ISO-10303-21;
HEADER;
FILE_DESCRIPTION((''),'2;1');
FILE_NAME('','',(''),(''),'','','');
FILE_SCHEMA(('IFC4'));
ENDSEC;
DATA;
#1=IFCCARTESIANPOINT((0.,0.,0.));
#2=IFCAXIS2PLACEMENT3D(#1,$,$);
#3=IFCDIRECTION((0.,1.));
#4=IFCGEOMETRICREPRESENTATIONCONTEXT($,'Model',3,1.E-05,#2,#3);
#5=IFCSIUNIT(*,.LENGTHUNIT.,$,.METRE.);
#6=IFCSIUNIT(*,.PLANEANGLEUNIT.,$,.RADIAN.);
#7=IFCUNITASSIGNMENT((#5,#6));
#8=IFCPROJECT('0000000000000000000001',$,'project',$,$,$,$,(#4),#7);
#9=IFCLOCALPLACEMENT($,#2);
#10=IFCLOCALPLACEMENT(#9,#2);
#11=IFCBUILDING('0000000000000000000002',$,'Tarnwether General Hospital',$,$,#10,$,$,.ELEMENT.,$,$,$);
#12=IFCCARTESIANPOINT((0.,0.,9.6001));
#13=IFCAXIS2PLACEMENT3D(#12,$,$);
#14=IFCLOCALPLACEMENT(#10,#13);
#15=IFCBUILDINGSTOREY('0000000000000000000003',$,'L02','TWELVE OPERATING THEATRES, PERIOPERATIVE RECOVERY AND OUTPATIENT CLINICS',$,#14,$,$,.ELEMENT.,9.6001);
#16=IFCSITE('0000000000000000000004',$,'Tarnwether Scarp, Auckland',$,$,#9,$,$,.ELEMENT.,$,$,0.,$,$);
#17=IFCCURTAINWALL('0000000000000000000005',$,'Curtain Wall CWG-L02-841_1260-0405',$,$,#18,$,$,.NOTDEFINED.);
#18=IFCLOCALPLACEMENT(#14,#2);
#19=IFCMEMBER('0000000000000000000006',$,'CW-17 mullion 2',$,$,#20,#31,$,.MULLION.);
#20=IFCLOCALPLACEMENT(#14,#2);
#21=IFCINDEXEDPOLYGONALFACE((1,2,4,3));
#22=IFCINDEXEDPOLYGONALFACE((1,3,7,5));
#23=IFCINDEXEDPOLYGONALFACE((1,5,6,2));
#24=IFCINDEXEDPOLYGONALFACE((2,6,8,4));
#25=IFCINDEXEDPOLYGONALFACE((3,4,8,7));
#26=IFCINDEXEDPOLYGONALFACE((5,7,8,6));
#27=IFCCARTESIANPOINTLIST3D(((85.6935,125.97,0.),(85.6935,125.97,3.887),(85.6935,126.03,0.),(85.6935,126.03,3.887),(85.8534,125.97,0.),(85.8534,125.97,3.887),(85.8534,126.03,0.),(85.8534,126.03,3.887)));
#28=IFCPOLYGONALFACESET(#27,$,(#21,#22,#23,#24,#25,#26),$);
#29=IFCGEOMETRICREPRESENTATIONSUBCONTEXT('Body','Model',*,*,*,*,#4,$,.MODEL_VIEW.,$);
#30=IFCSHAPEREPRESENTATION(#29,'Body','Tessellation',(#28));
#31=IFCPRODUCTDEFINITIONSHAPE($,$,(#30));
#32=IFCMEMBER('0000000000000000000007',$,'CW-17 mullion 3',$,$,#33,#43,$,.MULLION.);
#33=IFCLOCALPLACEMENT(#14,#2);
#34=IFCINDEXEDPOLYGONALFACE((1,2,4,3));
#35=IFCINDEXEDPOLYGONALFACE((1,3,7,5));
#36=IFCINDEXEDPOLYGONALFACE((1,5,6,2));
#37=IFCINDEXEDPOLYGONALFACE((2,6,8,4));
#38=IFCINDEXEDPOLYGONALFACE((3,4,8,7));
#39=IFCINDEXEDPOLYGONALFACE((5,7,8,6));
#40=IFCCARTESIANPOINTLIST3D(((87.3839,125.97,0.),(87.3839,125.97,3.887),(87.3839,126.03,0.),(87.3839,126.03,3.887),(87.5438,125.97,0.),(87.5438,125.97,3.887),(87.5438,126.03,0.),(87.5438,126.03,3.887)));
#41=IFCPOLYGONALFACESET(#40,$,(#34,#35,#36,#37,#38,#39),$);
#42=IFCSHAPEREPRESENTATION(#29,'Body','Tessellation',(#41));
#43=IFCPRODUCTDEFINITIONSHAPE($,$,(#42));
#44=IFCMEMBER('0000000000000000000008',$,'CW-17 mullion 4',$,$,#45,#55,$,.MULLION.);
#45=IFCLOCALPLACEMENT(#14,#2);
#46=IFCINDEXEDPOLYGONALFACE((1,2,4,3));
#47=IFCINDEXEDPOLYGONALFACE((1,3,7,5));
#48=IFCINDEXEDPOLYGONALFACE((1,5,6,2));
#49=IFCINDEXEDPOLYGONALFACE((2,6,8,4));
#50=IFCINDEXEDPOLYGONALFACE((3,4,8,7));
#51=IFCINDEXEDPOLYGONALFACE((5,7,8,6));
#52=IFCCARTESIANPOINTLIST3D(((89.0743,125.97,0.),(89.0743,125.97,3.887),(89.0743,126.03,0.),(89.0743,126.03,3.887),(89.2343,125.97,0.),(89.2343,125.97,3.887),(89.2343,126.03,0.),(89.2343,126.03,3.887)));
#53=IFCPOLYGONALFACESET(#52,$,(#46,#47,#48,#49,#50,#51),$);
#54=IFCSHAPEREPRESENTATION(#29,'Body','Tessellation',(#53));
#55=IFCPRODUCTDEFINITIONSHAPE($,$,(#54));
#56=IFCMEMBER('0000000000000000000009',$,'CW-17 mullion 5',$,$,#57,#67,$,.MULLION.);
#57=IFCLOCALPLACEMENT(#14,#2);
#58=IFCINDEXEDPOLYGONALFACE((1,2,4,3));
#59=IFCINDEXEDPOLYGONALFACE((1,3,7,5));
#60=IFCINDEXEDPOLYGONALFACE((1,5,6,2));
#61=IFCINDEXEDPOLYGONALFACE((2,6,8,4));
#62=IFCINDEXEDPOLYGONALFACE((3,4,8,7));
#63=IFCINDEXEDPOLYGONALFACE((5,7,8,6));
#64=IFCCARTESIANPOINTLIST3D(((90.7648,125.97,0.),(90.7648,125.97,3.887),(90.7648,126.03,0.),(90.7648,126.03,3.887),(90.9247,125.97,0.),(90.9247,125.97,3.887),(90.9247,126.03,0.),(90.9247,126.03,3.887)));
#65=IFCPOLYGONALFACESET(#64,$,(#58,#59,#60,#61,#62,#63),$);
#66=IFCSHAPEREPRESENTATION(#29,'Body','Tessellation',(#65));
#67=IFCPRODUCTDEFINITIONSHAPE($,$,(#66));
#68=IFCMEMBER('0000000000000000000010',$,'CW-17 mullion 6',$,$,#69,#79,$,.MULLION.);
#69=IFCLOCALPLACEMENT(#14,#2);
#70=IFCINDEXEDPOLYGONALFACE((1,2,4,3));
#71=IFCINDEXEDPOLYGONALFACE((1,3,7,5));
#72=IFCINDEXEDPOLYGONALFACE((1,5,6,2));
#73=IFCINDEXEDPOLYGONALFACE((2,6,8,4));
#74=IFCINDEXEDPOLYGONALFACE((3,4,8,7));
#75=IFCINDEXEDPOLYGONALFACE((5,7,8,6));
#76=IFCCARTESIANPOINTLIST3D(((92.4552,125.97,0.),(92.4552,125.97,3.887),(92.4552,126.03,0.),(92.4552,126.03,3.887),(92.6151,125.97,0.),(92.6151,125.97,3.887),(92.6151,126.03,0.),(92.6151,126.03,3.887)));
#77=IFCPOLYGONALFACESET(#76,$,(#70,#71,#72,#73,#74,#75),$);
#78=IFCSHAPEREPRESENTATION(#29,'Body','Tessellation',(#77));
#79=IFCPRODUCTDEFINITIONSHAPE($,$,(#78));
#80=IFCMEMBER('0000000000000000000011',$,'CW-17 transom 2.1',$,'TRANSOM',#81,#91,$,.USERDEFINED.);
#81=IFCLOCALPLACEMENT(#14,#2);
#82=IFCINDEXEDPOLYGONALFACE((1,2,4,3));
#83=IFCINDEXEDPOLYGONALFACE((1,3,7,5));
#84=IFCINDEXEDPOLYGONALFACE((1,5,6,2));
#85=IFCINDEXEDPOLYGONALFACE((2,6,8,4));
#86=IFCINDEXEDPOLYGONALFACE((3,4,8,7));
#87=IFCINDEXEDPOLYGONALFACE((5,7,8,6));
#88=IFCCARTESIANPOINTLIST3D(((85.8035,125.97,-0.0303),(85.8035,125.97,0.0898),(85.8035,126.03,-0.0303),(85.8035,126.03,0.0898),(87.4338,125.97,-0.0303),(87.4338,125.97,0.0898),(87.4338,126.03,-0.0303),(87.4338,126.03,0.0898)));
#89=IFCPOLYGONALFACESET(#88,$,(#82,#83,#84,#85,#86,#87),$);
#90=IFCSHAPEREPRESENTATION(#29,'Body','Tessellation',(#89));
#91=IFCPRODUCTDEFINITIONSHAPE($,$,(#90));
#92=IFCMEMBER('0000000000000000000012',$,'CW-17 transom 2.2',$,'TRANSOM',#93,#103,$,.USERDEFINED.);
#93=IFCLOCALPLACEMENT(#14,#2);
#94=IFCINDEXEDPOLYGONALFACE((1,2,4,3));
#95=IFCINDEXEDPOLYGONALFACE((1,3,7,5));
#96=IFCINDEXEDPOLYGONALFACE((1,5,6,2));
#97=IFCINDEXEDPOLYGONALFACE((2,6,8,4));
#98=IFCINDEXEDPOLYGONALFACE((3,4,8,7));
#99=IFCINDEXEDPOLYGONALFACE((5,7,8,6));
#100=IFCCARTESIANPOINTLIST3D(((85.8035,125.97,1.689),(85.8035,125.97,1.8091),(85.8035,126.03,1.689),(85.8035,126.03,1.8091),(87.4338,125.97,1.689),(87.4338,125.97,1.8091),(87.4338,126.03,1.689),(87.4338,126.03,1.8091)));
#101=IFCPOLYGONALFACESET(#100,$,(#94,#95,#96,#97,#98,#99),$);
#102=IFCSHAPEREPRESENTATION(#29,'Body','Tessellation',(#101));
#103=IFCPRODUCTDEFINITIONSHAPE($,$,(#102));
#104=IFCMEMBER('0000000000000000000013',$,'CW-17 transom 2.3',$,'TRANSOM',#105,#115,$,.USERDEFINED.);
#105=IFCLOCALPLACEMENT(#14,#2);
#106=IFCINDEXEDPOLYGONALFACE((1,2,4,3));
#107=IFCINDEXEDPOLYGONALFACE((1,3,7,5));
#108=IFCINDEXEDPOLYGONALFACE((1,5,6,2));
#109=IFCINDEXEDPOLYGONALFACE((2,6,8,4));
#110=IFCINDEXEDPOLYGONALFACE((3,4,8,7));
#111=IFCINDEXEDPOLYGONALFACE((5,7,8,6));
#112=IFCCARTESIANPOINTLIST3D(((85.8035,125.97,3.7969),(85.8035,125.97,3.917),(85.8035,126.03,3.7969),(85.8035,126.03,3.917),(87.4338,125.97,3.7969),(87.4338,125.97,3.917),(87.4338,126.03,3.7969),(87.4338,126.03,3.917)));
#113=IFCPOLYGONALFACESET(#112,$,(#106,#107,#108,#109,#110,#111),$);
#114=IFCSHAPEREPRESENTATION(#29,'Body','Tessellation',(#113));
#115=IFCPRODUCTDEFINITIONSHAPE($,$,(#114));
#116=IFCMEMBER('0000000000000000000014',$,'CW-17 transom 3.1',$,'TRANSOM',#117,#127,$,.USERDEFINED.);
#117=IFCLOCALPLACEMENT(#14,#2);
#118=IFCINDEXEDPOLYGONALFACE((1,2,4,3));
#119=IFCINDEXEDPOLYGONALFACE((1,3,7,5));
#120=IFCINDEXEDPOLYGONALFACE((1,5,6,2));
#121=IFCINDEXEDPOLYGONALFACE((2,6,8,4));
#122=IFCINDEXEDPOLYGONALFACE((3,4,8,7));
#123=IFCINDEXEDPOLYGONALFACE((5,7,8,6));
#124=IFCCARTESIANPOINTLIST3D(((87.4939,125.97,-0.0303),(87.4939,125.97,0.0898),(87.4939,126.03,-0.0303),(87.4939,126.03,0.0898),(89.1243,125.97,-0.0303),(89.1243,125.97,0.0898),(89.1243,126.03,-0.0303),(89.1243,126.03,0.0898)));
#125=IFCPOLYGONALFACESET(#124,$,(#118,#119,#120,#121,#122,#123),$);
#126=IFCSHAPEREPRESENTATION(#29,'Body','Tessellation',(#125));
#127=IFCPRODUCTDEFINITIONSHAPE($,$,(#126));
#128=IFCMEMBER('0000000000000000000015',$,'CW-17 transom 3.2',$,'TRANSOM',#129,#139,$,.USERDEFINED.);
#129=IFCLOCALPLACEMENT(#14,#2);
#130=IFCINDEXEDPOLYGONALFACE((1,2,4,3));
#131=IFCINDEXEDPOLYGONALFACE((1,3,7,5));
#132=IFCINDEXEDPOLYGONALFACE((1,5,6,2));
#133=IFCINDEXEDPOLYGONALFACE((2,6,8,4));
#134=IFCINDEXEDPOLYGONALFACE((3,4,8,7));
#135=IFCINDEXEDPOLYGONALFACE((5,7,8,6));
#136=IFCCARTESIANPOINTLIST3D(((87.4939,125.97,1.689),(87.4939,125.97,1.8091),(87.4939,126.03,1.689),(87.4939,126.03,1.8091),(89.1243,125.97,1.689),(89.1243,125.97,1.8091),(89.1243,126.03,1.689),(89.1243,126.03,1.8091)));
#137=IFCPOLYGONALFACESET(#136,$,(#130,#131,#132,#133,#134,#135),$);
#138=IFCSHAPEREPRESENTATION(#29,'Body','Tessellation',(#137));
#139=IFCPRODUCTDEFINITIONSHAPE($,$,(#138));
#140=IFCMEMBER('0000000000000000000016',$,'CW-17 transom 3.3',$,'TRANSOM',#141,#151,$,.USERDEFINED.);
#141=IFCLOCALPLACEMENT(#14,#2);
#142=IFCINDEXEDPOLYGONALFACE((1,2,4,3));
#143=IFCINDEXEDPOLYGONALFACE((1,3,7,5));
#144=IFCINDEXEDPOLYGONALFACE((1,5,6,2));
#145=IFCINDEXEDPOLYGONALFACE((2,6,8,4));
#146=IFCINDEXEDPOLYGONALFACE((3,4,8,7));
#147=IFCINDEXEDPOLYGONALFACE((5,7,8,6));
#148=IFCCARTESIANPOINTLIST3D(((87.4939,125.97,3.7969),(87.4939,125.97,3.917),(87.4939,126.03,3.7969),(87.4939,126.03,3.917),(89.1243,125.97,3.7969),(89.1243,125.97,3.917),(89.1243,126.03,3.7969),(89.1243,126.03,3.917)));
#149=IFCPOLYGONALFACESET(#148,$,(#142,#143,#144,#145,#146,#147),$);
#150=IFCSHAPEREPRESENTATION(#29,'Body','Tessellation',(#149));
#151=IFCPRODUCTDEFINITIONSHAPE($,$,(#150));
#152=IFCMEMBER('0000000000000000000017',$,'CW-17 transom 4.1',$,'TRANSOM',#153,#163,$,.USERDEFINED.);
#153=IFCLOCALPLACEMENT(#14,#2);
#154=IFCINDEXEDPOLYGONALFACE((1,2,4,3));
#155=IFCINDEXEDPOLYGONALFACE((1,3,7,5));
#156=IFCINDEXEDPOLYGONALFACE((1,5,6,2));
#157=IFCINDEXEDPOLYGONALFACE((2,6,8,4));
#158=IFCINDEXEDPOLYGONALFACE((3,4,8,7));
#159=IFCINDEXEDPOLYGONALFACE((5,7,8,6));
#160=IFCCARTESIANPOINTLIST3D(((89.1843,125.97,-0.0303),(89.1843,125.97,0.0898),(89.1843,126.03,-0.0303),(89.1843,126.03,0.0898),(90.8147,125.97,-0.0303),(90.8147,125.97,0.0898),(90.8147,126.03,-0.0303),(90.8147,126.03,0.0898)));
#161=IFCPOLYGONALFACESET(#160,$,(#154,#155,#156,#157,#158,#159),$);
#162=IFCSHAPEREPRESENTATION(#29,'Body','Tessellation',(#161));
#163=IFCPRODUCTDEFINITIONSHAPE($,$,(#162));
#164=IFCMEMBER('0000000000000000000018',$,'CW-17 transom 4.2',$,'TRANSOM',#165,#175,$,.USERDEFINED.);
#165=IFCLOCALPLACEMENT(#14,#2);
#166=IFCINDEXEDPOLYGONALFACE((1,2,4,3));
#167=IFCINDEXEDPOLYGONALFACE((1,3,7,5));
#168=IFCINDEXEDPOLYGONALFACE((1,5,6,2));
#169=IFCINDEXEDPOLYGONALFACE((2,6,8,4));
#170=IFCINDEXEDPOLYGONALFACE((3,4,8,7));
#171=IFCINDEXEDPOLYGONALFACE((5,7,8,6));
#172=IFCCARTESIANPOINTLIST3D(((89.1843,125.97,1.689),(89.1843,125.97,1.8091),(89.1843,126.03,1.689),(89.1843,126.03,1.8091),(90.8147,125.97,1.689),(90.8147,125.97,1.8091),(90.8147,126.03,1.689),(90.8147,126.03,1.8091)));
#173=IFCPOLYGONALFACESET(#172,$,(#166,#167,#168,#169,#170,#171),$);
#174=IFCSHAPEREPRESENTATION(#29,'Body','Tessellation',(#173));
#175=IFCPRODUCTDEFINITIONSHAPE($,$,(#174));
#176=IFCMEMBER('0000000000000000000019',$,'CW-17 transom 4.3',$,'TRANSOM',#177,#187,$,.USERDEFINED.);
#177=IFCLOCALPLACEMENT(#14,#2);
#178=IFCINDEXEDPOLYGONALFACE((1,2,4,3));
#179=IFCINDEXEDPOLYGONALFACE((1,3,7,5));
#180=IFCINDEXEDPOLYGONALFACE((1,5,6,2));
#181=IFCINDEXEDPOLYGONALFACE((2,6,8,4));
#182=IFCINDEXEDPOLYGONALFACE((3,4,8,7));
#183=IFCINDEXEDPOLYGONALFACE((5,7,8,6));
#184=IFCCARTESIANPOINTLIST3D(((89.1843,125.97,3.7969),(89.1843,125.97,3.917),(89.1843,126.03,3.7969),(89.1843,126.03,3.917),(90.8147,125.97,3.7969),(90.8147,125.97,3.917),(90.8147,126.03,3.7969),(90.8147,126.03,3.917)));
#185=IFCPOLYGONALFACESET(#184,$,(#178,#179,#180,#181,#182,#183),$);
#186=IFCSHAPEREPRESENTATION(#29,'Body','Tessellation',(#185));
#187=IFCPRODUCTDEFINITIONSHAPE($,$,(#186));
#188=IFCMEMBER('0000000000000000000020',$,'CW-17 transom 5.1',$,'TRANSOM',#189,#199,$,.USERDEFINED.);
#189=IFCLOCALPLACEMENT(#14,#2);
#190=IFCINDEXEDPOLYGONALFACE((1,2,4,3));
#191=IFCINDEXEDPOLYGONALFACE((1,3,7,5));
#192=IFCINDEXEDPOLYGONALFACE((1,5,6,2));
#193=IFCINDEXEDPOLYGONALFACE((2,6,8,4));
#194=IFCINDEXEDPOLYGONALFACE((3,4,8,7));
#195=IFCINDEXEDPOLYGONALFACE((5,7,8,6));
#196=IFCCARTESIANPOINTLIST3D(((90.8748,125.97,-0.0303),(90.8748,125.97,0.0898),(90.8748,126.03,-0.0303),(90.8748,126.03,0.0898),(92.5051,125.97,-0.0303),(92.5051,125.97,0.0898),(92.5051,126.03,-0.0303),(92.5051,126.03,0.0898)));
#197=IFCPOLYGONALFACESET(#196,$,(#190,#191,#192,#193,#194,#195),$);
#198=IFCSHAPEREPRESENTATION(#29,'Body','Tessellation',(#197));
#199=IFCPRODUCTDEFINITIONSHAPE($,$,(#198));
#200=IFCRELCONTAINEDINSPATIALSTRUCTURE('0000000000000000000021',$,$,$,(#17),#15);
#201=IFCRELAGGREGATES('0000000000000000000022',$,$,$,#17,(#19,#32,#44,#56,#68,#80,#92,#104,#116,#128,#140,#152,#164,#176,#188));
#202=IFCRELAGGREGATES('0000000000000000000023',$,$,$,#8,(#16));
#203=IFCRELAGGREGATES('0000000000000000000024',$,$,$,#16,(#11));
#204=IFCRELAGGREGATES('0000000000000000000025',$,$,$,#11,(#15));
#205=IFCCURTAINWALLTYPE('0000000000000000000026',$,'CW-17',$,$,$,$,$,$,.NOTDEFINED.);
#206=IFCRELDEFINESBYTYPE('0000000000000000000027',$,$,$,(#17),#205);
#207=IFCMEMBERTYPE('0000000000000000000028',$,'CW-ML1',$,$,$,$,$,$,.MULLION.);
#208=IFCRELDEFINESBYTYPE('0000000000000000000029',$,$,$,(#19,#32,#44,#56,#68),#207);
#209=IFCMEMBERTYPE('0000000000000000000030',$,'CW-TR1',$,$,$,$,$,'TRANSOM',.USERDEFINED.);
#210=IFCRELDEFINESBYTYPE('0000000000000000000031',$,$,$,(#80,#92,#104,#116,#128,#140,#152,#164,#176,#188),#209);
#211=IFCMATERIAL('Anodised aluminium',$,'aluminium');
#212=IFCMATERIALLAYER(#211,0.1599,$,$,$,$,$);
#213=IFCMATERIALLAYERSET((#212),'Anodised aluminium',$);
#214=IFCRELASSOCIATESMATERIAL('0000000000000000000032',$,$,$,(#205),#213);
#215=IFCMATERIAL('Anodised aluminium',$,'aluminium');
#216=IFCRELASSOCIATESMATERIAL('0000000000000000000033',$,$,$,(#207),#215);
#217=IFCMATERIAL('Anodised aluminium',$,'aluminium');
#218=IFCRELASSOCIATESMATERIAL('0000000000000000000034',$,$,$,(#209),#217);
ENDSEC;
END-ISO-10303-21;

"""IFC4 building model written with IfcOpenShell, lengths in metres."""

from ifc_helpers import new_model, si_unit, direction, frame, origin, origin_2d, place, context, subcontext, project, spatial, rectangle, extrude, material, layer, layer_set, material_profile, profile_set, type_object, element, aggregate, save


model = new_model("IFC4")

# Units and contexts
model_context = context("Model", 3, precision=1e-05, world=origin(), true_north=direction((0.0, 1.0)))
body_context = subcontext(model_context, "Body", "Model", "MODEL_VIEW")
ifc_project = project(units=[si_unit("LENGTHUNIT", "METRE"), si_unit("PLANEANGLEUNIT", "RADIAN")], contexts=[model_context])

# Site, building, storey
site_placement = place(None, origin())
site = spatial("IfcSite", under=ifc_project, at=site_placement, Name="Tarnwether Scarp, Auckland", CompositionType="ELEMENT", RefElevation=0.0)
building_placement = place(site_placement, origin())
building = spatial("IfcBuilding", under=site, at=building_placement, Name="Tarnwether General Hospital", CompositionType="ELEMENT")
storey_placement = place(building_placement, frame((0.0, 0.0, 9.6001)))
storey = spatial("IfcBuildingStorey", under=building, at=storey_placement, Name="L02", Description="TWELVE OPERATING THEATRES, PERIOPERATIVE RECOVERY AND OUTPATIENT CLINICS", CompositionType="ELEMENT", Elevation=9.6001)

# Curtain wall, members
ifc_material_1 = material(Name="Anodised aluminium", Category="aluminium")
ifc_layer_1 = layer(ifc_material_1, 0.1599)
ifc_layer_set_1 = layer_set([ifc_layer_1], Name="Anodised aluminium")
curtain_wall_type = type_object("IfcCurtainWallType", Name="CW-17", PredefinedType="NOTDEFINED", material=ifc_layer_set_1)
curtain_wall_placement = place(storey_placement, origin())
curtain_wall = element("IfcCurtainWall", 1, at=curtain_wall_placement, inside=storey, type_object=curtain_wall_type, Name="Curtain Wall CWG-L02-841_1260-0405", PredefinedType="NOTDEFINED")
ifc_material_2 = material(Name="Anodised aluminium", Category="aluminium")
ifc_material_profile_1 = material_profile(ifc_material_2, rectangle(XDim=0.0601, YDim=0.1599, at=origin_2d()), Name="ALU-MUL-60x160")
ifc_profile_set_1 = profile_set([ifc_material_profile_1], Name="Anodised aluminium")
member_type_1 = type_object("IfcMemberType", Name="CW-ML1", PredefinedType="MULLION", material=ifc_profile_set_1)
member_1_placement = place(storey_placement, frame((85.7734, 126.0, 0.0), z_axis=(0.0, 0.0, 1.0), x_axis=(0.0, 1.0, 0.0)))
member_1 = element("IfcMember", 2, at=member_1_placement, type_object=member_type_1, Name="CW-17 mullion 2", PredefinedType="MULLION", context=body_context, shape_type="SweptSolid", body=[
    extrude(rectangle(XDim=0.0601, YDim=0.1599, at=origin_2d()), origin(), (0.0, 0.0, 1.0), 3.887),
])
member_2_placement = place(storey_placement, frame((87.4639, 126.0, 0.0), z_axis=(0.0, 0.0, 1.0), x_axis=(0.0, 1.0, 0.0)))
member_2 = element("IfcMember", 3, at=member_2_placement, type_object=member_type_1, Name="CW-17 mullion 3", PredefinedType="MULLION", context=body_context, shape_type="SweptSolid", body=[
    extrude(rectangle(XDim=0.0601, YDim=0.1599, at=origin_2d()), origin(), (0.0, 0.0, 1.0), 3.887),
])
member_3_placement = place(storey_placement, frame((89.1543, 126.0, 0.0), z_axis=(0.0, 0.0, 1.0), x_axis=(0.0, 1.0, 0.0)))
member_3 = element("IfcMember", 4, at=member_3_placement, type_object=member_type_1, Name="CW-17 mullion 4", PredefinedType="MULLION", context=body_context, shape_type="SweptSolid", body=[
    extrude(rectangle(XDim=0.0601, YDim=0.1599, at=origin_2d()), origin(), (0.0, 0.0, 1.0), 3.887),
])
member_4_placement = place(storey_placement, frame((90.8447, 126.0, 0.0), z_axis=(0.0, 0.0, 1.0), x_axis=(0.0, 1.0, 0.0)))
member_4 = element("IfcMember", 5, at=member_4_placement, type_object=member_type_1, Name="CW-17 mullion 5", PredefinedType="MULLION", context=body_context, shape_type="SweptSolid", body=[
    extrude(rectangle(XDim=0.0601, YDim=0.1599, at=origin_2d()), origin(), (0.0, 0.0, 1.0), 3.887),
])
member_5_placement = place(storey_placement, frame((92.5352, 126.0, 0.0), z_axis=(0.0, 0.0, 1.0), x_axis=(0.0, 1.0, 0.0)))
member_5 = element("IfcMember", 6, at=member_5_placement, type_object=member_type_1, Name="CW-17 mullion 6", PredefinedType="MULLION", context=body_context, shape_type="SweptSolid", body=[
    extrude(rectangle(XDim=0.0601, YDim=0.1599, at=origin_2d()), origin(), (0.0, 0.0, 1.0), 3.887),
])
ifc_material_3 = material(Name="Anodised aluminium", Category="aluminium")
ifc_material_profile_2 = material_profile(ifc_material_3, rectangle(XDim=0.0601, YDim=0.1201, at=origin_2d()), Name="ALU-TRN-60x120")
ifc_profile_set_2 = profile_set([ifc_material_profile_2], Name="Anodised aluminium")
member_type_2 = type_object("IfcMemberType", Name="CW-TR1", ElementType="TRANSOM", PredefinedType="USERDEFINED", material=ifc_profile_set_2)
member_6_placement = place(storey_placement, frame((85.8035, 126.0, 0.0298), z_axis=(1.0, 0.0, 0.0), x_axis=(0.0, 1.0, 0.0)))
member_6 = element("IfcMember", 7, at=member_6_placement, type_object=member_type_2, Name="CW-17 transom 2.1", ObjectType="TRANSOM", PredefinedType="USERDEFINED", context=body_context, shape_type="SweptSolid", body=[
    extrude(rectangle(XDim=0.0601, YDim=0.1201, at=origin_2d()), origin(), (0.0, 0.0, 1.0), 1.6304),
])
member_7_placement = place(storey_placement, frame((85.8035, 126.0, 1.749), z_axis=(1.0, 0.0, 0.0), x_axis=(0.0, 1.0, 0.0)))
member_7 = element("IfcMember", 8, at=member_7_placement, type_object=member_type_2, Name="CW-17 transom 2.2", ObjectType="TRANSOM", PredefinedType="USERDEFINED", context=body_context, shape_type="SweptSolid", body=[
    extrude(rectangle(XDim=0.0601, YDim=0.1201, at=origin_2d()), origin(), (0.0, 0.0, 1.0), 1.6304),
])
member_8_placement = place(storey_placement, frame((85.8035, 126.0, 3.8569), z_axis=(1.0, 0.0, 0.0), x_axis=(0.0, 1.0, 0.0)))
member_8 = element("IfcMember", 9, at=member_8_placement, type_object=member_type_2, Name="CW-17 transom 2.3", ObjectType="TRANSOM", PredefinedType="USERDEFINED", context=body_context, shape_type="SweptSolid", body=[
    extrude(rectangle(XDim=0.0601, YDim=0.1201, at=origin_2d()), origin(), (0.0, 0.0, 1.0), 1.6304),
])
member_9_placement = place(storey_placement, frame((87.4939, 126.0, 0.0298), z_axis=(1.0, 0.0, 0.0), x_axis=(0.0, 1.0, 0.0)))
member_9 = element("IfcMember", 10, at=member_9_placement, type_object=member_type_2, Name="CW-17 transom 3.1", ObjectType="TRANSOM", PredefinedType="USERDEFINED", context=body_context, shape_type="SweptSolid", body=[
    extrude(rectangle(XDim=0.0601, YDim=0.1201, at=origin_2d()), origin(), (0.0, 0.0, 1.0), 1.6304),
])
member_10_placement = place(storey_placement, frame((87.4939, 126.0, 1.749), z_axis=(1.0, 0.0, 0.0), x_axis=(0.0, 1.0, 0.0)))
member_10 = element("IfcMember", 11, at=member_10_placement, type_object=member_type_2, Name="CW-17 transom 3.2", ObjectType="TRANSOM", PredefinedType="USERDEFINED", context=body_context, shape_type="SweptSolid", body=[
    extrude(rectangle(XDim=0.0601, YDim=0.1201, at=origin_2d()), origin(), (0.0, 0.0, 1.0), 1.6304),
])
member_11_placement = place(storey_placement, frame((87.4939, 126.0, 3.8569), z_axis=(1.0, 0.0, 0.0), x_axis=(0.0, 1.0, 0.0)))
member_11 = element("IfcMember", 12, at=member_11_placement, type_object=member_type_2, Name="CW-17 transom 3.3", ObjectType="TRANSOM", PredefinedType="USERDEFINED", context=body_context, shape_type="SweptSolid", body=[
    extrude(rectangle(XDim=0.0601, YDim=0.1201, at=origin_2d()), origin(), (0.0, 0.0, 1.0), 1.6304),
])
member_12_placement = place(storey_placement, frame((89.1843, 126.0, 0.0298), z_axis=(1.0, 0.0, 0.0), x_axis=(0.0, 1.0, 0.0)))
member_12 = element("IfcMember", 13, at=member_12_placement, type_object=member_type_2, Name="CW-17 transom 4.1", ObjectType="TRANSOM", PredefinedType="USERDEFINED", context=body_context, shape_type="SweptSolid", body=[
    extrude(rectangle(XDim=0.0601, YDim=0.1201, at=origin_2d()), origin(), (0.0, 0.0, 1.0), 1.6304),
])
member_13_placement = place(storey_placement, frame((89.1843, 126.0, 1.749), z_axis=(1.0, 0.0, 0.0), x_axis=(0.0, 1.0, 0.0)))
member_13 = element("IfcMember", 14, at=member_13_placement, type_object=member_type_2, Name="CW-17 transom 4.2", ObjectType="TRANSOM", PredefinedType="USERDEFINED", context=body_context, shape_type="SweptSolid", body=[
    extrude(rectangle(XDim=0.0601, YDim=0.1201, at=origin_2d()), origin(), (0.0, 0.0, 1.0), 1.6304),
])
member_14_placement = place(storey_placement, frame((89.1843, 126.0, 3.8569), z_axis=(1.0, 0.0, 0.0), x_axis=(0.0, 1.0, 0.0)))
member_14 = element("IfcMember", 15, at=member_14_placement, type_object=member_type_2, Name="CW-17 transom 4.3", ObjectType="TRANSOM", PredefinedType="USERDEFINED", context=body_context, shape_type="SweptSolid", body=[
    extrude(rectangle(XDim=0.0601, YDim=0.1201, at=origin_2d()), origin(), (0.0, 0.0, 1.0), 1.6304),
])
member_15_placement = place(storey_placement, frame((90.8748, 126.0, 0.0298), z_axis=(1.0, 0.0, 0.0), x_axis=(0.0, 1.0, 0.0)))
member_15 = element("IfcMember", 16, at=member_15_placement, type_object=member_type_2, Name="CW-17 transom 5.1", ObjectType="TRANSOM", PredefinedType="USERDEFINED", context=body_context, shape_type="SweptSolid", body=[
    extrude(rectangle(XDim=0.0601, YDim=0.1201, at=origin_2d()), origin(), (0.0, 0.0, 1.0), 1.6304),
])
aggregate(curtain_wall, [member_1, member_2, member_3, member_4, member_5, member_6, member_7, member_8, member_9, member_10, member_11, member_12, member_13, member_14, member_15])

save(model, "model.ifc")
